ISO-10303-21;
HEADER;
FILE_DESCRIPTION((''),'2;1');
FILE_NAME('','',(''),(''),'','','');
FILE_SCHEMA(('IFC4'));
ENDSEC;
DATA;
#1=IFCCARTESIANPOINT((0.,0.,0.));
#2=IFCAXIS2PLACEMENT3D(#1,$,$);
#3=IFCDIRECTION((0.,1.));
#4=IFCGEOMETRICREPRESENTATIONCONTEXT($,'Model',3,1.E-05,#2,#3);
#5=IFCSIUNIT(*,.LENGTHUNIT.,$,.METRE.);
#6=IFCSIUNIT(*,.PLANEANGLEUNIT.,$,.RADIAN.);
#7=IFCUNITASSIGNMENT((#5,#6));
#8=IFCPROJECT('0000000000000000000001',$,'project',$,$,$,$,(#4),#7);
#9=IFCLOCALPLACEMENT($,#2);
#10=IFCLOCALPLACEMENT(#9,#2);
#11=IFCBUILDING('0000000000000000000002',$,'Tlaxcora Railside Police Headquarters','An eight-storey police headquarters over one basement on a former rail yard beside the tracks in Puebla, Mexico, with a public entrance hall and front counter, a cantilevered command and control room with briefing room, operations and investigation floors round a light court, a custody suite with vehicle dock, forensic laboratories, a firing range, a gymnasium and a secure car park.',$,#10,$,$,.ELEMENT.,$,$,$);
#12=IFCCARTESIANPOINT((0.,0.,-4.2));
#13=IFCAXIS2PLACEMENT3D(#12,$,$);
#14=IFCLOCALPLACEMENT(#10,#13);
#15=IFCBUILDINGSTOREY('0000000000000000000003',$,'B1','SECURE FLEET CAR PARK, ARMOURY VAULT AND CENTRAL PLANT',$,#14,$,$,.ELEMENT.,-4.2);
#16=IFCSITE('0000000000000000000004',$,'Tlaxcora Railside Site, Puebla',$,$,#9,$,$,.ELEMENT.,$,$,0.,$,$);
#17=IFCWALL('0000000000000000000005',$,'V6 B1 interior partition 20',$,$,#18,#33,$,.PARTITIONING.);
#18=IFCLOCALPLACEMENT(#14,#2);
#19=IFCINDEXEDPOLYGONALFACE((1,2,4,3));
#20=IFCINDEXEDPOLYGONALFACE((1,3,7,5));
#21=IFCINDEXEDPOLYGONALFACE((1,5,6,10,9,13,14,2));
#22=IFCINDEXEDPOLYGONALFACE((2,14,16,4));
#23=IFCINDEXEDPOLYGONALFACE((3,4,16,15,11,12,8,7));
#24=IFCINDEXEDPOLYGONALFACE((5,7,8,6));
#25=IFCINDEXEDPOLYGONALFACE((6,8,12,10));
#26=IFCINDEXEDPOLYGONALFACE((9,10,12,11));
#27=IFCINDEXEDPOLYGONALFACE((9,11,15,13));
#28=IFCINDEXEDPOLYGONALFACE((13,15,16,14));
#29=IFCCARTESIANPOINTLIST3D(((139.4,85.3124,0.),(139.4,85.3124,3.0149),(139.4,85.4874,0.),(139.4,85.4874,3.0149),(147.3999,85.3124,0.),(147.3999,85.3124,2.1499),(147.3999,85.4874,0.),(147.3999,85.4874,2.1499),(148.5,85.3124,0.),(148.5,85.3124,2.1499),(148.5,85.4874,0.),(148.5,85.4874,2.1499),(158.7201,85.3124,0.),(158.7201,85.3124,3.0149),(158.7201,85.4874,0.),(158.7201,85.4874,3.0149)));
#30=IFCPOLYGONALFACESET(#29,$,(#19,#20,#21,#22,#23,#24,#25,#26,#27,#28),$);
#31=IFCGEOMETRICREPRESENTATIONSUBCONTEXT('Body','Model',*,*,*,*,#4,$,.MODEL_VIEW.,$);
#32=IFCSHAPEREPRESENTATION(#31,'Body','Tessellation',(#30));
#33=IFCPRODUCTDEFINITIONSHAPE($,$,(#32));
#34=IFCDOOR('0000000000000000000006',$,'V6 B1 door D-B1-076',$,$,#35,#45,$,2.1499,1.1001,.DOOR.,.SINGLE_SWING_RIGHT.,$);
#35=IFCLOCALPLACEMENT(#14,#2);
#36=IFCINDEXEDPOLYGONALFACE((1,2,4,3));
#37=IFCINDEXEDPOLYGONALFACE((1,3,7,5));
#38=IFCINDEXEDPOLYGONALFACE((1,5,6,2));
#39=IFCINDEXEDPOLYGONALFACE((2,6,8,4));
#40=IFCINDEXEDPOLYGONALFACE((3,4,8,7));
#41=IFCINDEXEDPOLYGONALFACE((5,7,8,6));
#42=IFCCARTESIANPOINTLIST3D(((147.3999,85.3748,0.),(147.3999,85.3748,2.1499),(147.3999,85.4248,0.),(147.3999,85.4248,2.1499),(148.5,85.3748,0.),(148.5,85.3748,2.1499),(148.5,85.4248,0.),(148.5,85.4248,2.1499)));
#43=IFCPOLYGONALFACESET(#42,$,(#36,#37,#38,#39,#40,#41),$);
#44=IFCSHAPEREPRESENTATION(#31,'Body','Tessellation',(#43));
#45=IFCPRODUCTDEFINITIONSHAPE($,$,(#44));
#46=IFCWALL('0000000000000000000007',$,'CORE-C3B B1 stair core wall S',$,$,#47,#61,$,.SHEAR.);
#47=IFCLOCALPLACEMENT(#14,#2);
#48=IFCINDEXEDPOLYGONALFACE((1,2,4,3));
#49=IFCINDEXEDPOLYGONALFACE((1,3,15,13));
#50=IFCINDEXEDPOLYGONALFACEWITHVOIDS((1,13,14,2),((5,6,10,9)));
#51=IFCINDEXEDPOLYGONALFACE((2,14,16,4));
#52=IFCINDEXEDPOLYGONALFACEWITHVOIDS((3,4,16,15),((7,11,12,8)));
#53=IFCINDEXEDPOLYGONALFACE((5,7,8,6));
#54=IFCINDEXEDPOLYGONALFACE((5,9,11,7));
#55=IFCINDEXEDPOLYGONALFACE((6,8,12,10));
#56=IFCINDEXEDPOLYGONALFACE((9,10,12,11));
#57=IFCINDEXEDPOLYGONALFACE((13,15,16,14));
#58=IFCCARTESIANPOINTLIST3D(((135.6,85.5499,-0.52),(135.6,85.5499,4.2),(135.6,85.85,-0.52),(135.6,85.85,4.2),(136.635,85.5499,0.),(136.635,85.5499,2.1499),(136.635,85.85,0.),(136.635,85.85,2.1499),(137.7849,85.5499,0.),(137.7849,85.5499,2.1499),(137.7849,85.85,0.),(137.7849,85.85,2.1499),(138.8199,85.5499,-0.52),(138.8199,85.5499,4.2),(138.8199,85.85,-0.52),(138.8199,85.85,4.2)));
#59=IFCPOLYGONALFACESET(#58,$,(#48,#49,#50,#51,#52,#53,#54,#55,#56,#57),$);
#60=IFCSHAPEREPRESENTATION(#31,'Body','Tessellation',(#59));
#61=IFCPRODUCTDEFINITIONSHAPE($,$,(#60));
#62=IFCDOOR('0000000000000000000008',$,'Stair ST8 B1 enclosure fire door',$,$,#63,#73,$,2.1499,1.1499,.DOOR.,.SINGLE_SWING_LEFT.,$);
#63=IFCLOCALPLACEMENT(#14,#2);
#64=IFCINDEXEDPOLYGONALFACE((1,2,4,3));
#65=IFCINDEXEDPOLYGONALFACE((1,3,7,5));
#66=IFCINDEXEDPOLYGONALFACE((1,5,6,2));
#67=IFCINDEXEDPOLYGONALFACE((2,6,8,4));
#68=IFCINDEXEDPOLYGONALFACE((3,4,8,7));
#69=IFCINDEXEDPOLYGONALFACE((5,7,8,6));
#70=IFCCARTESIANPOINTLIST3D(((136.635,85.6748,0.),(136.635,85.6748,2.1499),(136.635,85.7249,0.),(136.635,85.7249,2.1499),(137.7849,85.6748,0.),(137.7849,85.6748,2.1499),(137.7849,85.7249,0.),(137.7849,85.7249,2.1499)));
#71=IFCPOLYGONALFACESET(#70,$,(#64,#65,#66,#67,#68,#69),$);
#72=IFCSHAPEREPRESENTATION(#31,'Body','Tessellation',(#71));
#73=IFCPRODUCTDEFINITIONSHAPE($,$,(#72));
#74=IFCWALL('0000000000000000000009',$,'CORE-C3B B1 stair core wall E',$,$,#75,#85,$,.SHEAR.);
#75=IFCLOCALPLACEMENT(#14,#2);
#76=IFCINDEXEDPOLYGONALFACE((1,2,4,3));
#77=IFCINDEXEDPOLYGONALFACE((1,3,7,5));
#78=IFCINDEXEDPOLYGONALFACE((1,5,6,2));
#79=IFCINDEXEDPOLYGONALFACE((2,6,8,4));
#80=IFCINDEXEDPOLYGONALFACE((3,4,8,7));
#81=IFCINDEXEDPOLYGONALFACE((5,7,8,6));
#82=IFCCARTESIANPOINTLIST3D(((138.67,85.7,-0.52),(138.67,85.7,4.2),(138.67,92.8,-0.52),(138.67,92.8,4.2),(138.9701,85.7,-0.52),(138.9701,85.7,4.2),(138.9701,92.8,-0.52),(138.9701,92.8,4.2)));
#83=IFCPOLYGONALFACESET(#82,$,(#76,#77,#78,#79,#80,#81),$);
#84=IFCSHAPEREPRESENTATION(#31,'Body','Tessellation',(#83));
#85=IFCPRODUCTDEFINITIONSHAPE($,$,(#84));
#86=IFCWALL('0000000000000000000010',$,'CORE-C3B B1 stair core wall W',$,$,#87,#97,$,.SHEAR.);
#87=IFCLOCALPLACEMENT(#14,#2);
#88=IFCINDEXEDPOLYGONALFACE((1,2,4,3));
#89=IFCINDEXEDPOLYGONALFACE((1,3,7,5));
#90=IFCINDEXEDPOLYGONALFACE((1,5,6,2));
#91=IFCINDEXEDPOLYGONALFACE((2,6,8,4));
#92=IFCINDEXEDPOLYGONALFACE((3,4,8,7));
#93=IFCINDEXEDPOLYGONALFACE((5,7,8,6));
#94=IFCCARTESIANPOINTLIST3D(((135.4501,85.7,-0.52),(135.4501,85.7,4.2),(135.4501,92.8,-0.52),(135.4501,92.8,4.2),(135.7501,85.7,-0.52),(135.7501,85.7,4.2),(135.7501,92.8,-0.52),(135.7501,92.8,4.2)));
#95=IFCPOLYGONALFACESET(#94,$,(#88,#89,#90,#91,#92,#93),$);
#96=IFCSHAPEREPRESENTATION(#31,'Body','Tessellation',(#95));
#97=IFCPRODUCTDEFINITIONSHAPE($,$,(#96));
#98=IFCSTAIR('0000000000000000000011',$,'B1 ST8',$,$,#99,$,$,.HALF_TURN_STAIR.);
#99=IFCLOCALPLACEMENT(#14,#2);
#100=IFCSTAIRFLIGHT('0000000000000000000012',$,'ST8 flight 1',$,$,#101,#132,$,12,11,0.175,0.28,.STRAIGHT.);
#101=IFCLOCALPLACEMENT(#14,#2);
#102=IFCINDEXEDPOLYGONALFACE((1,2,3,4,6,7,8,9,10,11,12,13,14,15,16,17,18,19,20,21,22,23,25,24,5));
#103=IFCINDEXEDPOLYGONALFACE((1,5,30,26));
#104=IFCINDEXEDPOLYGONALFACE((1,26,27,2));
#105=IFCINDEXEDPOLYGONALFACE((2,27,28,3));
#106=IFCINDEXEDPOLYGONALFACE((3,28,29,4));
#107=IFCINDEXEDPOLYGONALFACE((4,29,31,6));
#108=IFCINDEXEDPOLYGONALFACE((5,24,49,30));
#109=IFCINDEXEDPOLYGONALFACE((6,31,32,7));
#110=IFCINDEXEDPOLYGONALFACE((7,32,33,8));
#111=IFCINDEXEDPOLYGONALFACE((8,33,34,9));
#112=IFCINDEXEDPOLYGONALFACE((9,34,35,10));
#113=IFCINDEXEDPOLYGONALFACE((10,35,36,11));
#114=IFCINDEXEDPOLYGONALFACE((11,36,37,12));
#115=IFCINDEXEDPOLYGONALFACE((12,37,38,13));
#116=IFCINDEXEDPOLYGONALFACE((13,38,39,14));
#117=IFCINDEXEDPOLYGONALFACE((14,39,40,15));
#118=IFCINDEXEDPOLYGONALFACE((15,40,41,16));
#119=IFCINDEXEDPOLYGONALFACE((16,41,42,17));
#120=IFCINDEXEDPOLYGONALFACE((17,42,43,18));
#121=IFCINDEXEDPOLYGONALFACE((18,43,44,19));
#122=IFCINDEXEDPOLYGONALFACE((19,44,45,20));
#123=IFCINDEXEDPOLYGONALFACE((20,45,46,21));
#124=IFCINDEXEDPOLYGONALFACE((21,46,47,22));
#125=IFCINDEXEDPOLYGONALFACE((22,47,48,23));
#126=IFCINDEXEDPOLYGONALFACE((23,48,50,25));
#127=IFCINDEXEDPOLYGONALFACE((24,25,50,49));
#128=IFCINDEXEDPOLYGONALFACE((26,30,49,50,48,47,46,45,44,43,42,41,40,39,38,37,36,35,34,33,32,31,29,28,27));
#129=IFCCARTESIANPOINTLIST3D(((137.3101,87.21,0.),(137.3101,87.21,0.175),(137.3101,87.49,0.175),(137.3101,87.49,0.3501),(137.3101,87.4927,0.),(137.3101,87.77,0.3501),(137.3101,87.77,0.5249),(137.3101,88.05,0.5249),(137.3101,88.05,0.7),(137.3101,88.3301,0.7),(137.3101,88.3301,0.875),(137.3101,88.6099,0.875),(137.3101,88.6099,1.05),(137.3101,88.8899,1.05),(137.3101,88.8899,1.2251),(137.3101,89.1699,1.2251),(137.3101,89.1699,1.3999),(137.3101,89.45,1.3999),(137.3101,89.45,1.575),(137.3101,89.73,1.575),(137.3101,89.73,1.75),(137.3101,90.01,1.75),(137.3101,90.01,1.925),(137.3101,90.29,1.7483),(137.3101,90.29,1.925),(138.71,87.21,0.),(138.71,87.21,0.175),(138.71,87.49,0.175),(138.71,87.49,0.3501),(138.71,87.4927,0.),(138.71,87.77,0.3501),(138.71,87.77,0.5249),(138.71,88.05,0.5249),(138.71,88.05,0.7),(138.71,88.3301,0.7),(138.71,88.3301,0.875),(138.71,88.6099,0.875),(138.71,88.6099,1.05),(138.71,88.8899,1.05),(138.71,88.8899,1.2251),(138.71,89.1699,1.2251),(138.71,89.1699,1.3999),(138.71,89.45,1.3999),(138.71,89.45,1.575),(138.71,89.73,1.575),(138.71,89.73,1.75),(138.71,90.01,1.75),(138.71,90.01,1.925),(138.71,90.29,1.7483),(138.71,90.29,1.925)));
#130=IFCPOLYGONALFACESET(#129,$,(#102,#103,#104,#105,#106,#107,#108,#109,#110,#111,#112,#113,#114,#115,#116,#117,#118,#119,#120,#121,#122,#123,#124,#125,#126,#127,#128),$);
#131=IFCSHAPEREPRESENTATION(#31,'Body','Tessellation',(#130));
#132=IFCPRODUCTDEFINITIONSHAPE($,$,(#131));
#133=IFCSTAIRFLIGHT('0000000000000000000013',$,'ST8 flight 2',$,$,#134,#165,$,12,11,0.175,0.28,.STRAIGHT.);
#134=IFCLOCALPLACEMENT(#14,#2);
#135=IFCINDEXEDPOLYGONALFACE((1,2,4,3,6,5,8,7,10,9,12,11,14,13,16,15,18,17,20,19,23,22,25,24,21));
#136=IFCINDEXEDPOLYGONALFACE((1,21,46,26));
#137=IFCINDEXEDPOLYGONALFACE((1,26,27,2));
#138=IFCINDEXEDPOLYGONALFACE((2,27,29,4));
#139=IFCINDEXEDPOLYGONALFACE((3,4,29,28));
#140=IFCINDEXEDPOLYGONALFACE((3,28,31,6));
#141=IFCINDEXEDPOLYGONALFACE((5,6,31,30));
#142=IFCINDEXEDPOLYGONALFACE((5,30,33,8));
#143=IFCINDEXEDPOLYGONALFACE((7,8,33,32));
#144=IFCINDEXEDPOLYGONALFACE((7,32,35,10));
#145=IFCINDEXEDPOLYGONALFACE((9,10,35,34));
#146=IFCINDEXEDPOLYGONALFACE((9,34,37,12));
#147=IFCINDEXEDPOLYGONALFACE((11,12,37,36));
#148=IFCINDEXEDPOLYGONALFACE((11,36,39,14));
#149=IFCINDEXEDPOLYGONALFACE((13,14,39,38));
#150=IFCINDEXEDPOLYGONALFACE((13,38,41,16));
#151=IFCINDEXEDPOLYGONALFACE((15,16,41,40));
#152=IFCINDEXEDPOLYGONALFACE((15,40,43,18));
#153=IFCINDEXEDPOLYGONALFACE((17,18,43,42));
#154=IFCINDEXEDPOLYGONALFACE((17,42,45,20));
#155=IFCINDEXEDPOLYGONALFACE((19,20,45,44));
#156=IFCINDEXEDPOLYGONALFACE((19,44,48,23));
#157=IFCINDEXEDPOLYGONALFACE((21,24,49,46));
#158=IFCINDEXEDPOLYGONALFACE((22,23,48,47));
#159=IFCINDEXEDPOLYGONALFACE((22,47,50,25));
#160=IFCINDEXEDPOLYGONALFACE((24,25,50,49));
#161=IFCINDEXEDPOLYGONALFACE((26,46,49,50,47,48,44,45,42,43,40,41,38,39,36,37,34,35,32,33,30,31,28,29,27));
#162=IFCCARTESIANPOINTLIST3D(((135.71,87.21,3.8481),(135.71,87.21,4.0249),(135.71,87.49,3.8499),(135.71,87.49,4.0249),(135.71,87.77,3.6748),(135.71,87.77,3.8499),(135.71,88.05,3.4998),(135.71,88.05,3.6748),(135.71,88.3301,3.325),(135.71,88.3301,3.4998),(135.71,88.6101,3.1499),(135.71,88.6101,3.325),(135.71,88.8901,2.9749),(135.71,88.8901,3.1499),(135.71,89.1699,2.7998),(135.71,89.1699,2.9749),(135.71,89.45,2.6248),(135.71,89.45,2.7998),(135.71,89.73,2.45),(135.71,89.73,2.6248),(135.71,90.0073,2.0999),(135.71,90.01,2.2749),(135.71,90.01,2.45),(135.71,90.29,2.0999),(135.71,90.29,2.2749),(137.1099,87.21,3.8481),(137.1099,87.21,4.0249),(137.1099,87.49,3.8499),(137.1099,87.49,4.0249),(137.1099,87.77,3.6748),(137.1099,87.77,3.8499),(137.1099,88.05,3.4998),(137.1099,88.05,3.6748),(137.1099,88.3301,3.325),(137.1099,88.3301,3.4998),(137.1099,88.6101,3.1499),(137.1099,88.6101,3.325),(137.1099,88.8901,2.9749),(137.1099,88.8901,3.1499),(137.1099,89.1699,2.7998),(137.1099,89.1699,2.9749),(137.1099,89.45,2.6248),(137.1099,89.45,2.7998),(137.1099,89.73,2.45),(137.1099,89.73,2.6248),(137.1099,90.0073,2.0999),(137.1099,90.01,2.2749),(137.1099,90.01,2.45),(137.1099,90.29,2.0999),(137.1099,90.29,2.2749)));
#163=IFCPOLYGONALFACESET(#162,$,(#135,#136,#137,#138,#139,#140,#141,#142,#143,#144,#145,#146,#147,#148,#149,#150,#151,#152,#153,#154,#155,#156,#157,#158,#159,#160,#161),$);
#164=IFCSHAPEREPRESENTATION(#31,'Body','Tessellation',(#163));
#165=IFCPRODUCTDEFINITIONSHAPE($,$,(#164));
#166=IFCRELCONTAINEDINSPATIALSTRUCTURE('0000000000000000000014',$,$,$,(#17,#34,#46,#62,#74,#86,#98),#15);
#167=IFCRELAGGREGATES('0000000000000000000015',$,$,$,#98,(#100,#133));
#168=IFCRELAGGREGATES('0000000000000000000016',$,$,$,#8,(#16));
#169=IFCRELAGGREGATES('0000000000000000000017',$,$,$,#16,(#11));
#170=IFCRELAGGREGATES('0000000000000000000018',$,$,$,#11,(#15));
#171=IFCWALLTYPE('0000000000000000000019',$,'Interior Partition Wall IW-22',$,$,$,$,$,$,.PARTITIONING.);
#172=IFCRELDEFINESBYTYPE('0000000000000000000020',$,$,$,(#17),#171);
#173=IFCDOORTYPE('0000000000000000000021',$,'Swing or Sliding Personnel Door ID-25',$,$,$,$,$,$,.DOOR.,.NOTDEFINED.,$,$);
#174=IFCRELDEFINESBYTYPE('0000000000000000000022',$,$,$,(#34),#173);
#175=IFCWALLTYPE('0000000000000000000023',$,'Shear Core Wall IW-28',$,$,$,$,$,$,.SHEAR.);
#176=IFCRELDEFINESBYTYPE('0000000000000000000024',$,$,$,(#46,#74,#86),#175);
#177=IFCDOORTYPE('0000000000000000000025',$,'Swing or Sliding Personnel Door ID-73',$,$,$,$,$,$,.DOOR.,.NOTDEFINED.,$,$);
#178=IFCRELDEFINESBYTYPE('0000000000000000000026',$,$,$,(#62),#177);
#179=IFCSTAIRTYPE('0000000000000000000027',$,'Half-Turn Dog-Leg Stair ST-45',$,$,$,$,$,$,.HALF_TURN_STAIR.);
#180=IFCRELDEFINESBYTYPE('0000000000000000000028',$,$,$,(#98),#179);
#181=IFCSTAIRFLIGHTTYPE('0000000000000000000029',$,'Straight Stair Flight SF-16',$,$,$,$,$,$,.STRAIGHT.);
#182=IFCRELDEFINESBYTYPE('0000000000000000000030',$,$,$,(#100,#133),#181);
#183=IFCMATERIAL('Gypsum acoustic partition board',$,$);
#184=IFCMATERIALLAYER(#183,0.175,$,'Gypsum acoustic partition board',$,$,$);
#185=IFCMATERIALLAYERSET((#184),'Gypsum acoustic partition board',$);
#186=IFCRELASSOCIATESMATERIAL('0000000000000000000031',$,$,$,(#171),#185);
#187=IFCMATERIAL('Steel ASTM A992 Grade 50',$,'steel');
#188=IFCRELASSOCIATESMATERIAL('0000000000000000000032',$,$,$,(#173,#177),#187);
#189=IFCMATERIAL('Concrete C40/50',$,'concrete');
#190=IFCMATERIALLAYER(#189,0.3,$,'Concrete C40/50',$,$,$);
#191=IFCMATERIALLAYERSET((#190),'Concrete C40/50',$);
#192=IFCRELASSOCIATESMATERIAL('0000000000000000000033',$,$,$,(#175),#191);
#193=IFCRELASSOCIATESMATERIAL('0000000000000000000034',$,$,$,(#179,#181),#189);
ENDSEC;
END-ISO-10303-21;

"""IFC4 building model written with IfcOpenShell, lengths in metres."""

from ifc_helpers import new_model, si_unit, direction, frame, frame_2d, origin, place, context, subcontext, project, spatial, polyline, rectangle, outline, extrude, material, layer, layer_set, type_object, element, fill, aggregate, save


model = new_model("IFC4")

# Units and contexts
model_context = context("Model", 3, precision=1e-05, world=origin(), true_north=direction((0.0, 1.0)))
body_context = subcontext(model_context, "Body", "Model", "MODEL_VIEW")
ifc_project = project(units=[si_unit("LENGTHUNIT", "METRE"), si_unit("PLANEANGLEUNIT", "RADIAN")], contexts=[model_context])

# Site, building, storey
site_placement = place(None, origin())
site = spatial("IfcSite", under=ifc_project, at=site_placement, Name="Tlaxcora Railside Site, Puebla", CompositionType="ELEMENT", RefElevation=0.0)
building_placement = place(site_placement, origin())
building = spatial("IfcBuilding", under=site, at=building_placement, Name="Tlaxcora Railside Police Headquarters", Description="An eight-storey police headquarters over one basement on a former rail yard beside the tracks in Puebla, Mexico, with a public entrance hall and front counter, a cantilevered command and control room with briefing room, operations and investigation floors round a light court, a custody suite with vehicle dock, forensic laboratories, a firing range, a gymnasium and a secure car park.", CompositionType="ELEMENT")
storey_placement = place(building_placement, frame((0.0, 0.0, -4.2)))
storey = spatial("IfcBuildingStorey", under=building, at=storey_placement, Name="B1", Description="SECURE FLEET CAR PARK, ARMOURY VAULT AND CENTRAL PLANT", CompositionType="ELEMENT", Elevation=-4.2)

# Shared definitions
ifc_material_1 = material(Name="Concrete C40/50", Category="concrete")

# Walls, openings, doors
ifc_material_2 = material(Name="Gypsum acoustic partition board")
ifc_layer_1 = layer(ifc_material_2, 0.175, Name="Gypsum acoustic partition board")
ifc_layer_set_1 = layer_set([ifc_layer_1], Name="Gypsum acoustic partition board")
wall_type_1 = type_object("IfcWallType", Name="Interior Partition Wall IW-22", PredefinedType="PARTITIONING", material=ifc_layer_set_1)
wall_1_placement = place(storey_placement, frame((139.3999, 85.3999, 0.0), z_axis=(0.0, 0.0, 1.0), x_axis=(1.0, 0.0, 0.0)))
wall_1 = element("IfcWall", 1, at=wall_1_placement, inside=storey, type_object=wall_type_1, Name="V6 B1 interior partition 20", PredefinedType="PARTITIONING", context=body_context, shape_type="SweptSolid", body=[
    extrude(rectangle(XDim=19.3201, YDim=0.175, at=frame_2d((9.6602, 0.0))), origin(), (0.0, 0.0, 1.0), 3.0149),
])
opening_1_placement = place(wall_1_placement, frame((8.0, 0.0, 0.0)))
opening_1 = element("IfcOpeningElement", 2, at=opening_1_placement, cuts=wall_1, PredefinedType="OPENING", context=body_context, shape_type="SweptSolid", body=[
    extrude(rectangle(XDim=1.1001, YDim=2.1499, at=frame_2d((0.55, 1.075))), frame((0.0, 0.0977, 0.0), z_axis=(0.0, -1.0, 0.0), x_axis=(1.0, 0.0, 0.0)), (0.0, 0.0, 1.0), 0.1951),
])
ifc_material_3 = material(Name="Steel ASTM A992 Grade 50", Category="steel")
door_type_1 = type_object("IfcDoorType", Name="Swing or Sliding Personnel Door ID-25", OperationType="NOTDEFINED", PredefinedType="DOOR", material=ifc_material_3)
door_1_placement = place(opening_1_placement, origin())
door_1 = element("IfcDoor", 3, at=door_1_placement, inside=storey, type_object=door_type_1, Name="V6 B1 door D-B1-076", OperationType="SINGLE_SWING_RIGHT", OverallHeight=2.1499, OverallWidth=1.1001, PredefinedType="DOOR", context=body_context, shape_type="SweptSolid", body=[
    extrude(rectangle(XDim=1.1001, YDim=2.1499, at=frame_2d((0.55, 1.075))), frame((0.0, 0.0249, 0.0), z_axis=(0.0, -1.0, 0.0), x_axis=(1.0, 0.0, 0.0)), (0.0, 0.0, 1.0), 0.05),
])
fill(opening_1, door_1)
ifc_layer_2 = layer(ifc_material_1, 0.3, Name="Concrete C40/50")
ifc_layer_set_2 = layer_set([ifc_layer_2], Name="Concrete C40/50")
wall_type_2 = type_object("IfcWallType", Name="Shear Core Wall IW-28", PredefinedType="SHEAR", material=ifc_layer_set_2)
wall_2_placement = place(storey_placement, frame((135.6001, 85.7, -0.52), z_axis=(0.0, 0.0, 1.0), x_axis=(1.0, 0.0, 0.0)))
wall_2 = element("IfcWall", 4, at=wall_2_placement, inside=storey, type_object=wall_type_2, Name="CORE-C3B B1 stair core wall S", PredefinedType="SHEAR", context=body_context, shape_type="SweptSolid", body=[
    extrude(rectangle(XDim=3.22, YDim=0.3, at=frame_2d((1.6099, 0.0))), origin(), (0.0, 0.0, 1.0), 4.72),
])
opening_2_placement = place(wall_2_placement, frame((1.0349, 0.0, 0.52)))
opening_2 = element("IfcOpeningElement", 5, at=opening_2_placement, cuts=wall_2, PredefinedType="OPENING", context=body_context, shape_type="SweptSolid", body=[
    extrude(rectangle(XDim=1.1499, YDim=2.1499, at=frame_2d((0.575, 1.075))), frame((0.0, 0.1602, 0.0), z_axis=(0.0, -1.0, 0.0), x_axis=(1.0, 0.0, 0.0)), (0.0, 0.0, 1.0), 0.3201),
])
door_type_2 = type_object("IfcDoorType", Name="Swing or Sliding Personnel Door ID-73", OperationType="NOTDEFINED", PredefinedType="DOOR", material=ifc_material_3)
door_2_placement = place(opening_2_placement, origin())
door_2 = element("IfcDoor", 6, at=door_2_placement, inside=storey, type_object=door_type_2, Name="Stair ST8 B1 enclosure fire door", OperationType="SINGLE_SWING_LEFT", OverallHeight=2.1499, OverallWidth=1.1499, PredefinedType="DOOR", context=body_context, shape_type="SweptSolid", body=[
    extrude(rectangle(XDim=1.1499, YDim=2.1499, at=frame_2d((0.575, 1.075))), frame((0.0, 0.0249, 0.0), z_axis=(0.0, -1.0, 0.0), x_axis=(1.0, 0.0, 0.0)), (0.0, 0.0, 1.0), 0.05),
])
fill(opening_2, door_2)

# Walls
for number, where, z_axis, x_axis, name in (
    (7, (138.8201, 85.7, -0.52), (0.0, 0.0, 1.0), (0.0, 1.0, 0.0), "CORE-C3B B1 stair core wall E"),
    (8, (135.6001, 92.8, -0.52), (0.0, 0.0, 1.0), (0.0, -1.0, 0.0), "CORE-C3B B1 stair core wall W"),
):
    element("IfcWall", number, at=place(storey_placement, frame(where, z_axis=z_axis, x_axis=x_axis)), inside=storey, type_object=wall_type_2, Name=name, PredefinedType="SHEAR", context=body_context, shape_type="SweptSolid", body=[
        extrude(rectangle(XDim=7.1001, YDim=0.3, at=frame_2d((3.55, 0.0))), origin(), (0.0, 0.0, 1.0), 4.72),
    ])

# Stair, stair flights
stair_type = type_object("IfcStairType", Name="Half-Turn Dog-Leg Stair ST-45", PredefinedType="HALF_TURN_STAIR", material=ifc_material_1)
stair_placement = place(storey_placement, origin())
stair = element("IfcStair", 9, at=stair_placement, inside=storey, type_object=stair_type, Name="B1 ST8", PredefinedType="HALF_TURN_STAIR")
stair_flight_type = type_object("IfcStairFlightType", Name="Straight Stair Flight SF-16", PredefinedType="STRAIGHT", material=ifc_material_1)
stair_flight_1_placement = place(storey_placement, frame((138.01, 87.21, 0.0), z_axis=(0.0, 0.0, 1.0), x_axis=(0.0, 1.0, 0.0)))
stair_flight_1 = element("IfcStairFlight", 10, at=stair_flight_1_placement, type_object=stair_flight_type, Name="ST8 flight 1", NumberOfRisers=12, NumberOfTreads=11, PredefinedType="STRAIGHT", RiserHeight=0.175, TreadLength=0.28, context=body_context, shape_type="SweptSolid", body=[
    extrude(outline(polyline([(0.0, 0.0), (0.0, 0.175), (0.28, 0.175), (0.28, 0.3501), (0.5601, 0.3501), (0.5601, 0.5249), (0.8401, 0.5249), (0.8401, 0.7), (1.1201, 0.7), (1.1201, 0.875), (1.3999, 0.875), (1.3999, 1.05), (1.6799, 1.05), (1.6799, 1.2251), (1.96, 1.2251), (1.96, 1.3999), (2.24, 1.3999), (2.24, 1.575), (2.52, 1.575), (2.52, 1.75), (2.8, 1.75), (2.8, 1.925), (3.0801, 1.925), (3.0801, 2.1001), (3.0801, 1.7483), (0.2827, 0.0), (0.0, 0.0)])), frame((0.0, 0.7, 0.0), z_axis=(0.0, -1.0, 0.0), x_axis=(1.0, 0.0, 0.0)), (0.0, 0.0, 1.0), 1.3999),
])
stair_flight_2_placement = place(storey_placement, frame((136.4099, 90.29, 2.0999), z_axis=(0.0, 0.0, 1.0), x_axis=(0.0, -1.0, 0.0)))
stair_flight_2 = element("IfcStairFlight", 11, at=stair_flight_2_placement, type_object=stair_flight_type, Name="ST8 flight 2", NumberOfRisers=12, NumberOfTreads=11, PredefinedType="STRAIGHT", RiserHeight=0.175, TreadLength=0.28, context=body_context, shape_type="SweptSolid", body=[
    extrude(outline(polyline([(0.0, 0.0), (0.0, 0.175), (0.28, 0.175), (0.28, 0.3501), (0.5601, 0.3501), (0.5601, 0.5249), (0.8401, 0.5249), (0.8401, 0.7), (1.1201, 0.7), (1.1201, 0.875), (1.3999, 0.875), (1.3999, 1.05), (1.6799, 1.05), (1.6799, 1.2251), (1.96, 1.2251), (1.96, 1.3999), (2.24, 1.3999), (2.24, 1.575), (2.52, 1.575), (2.52, 1.75), (2.8, 1.75), (2.8, 1.925), (3.0801, 1.925), (3.0801, 2.1001), (3.0801, 1.7483), (0.2827, 0.0), (0.0, 0.0)])), frame((0.0, 0.7, 0.0), z_axis=(0.0, -1.0, 0.0), x_axis=(1.0, 0.0, 0.0)), (0.0, 0.0, 1.0), 1.3999),
])
aggregate(stair, [stair_flight_1, stair_flight_2])

save(model, "model.ifc")
